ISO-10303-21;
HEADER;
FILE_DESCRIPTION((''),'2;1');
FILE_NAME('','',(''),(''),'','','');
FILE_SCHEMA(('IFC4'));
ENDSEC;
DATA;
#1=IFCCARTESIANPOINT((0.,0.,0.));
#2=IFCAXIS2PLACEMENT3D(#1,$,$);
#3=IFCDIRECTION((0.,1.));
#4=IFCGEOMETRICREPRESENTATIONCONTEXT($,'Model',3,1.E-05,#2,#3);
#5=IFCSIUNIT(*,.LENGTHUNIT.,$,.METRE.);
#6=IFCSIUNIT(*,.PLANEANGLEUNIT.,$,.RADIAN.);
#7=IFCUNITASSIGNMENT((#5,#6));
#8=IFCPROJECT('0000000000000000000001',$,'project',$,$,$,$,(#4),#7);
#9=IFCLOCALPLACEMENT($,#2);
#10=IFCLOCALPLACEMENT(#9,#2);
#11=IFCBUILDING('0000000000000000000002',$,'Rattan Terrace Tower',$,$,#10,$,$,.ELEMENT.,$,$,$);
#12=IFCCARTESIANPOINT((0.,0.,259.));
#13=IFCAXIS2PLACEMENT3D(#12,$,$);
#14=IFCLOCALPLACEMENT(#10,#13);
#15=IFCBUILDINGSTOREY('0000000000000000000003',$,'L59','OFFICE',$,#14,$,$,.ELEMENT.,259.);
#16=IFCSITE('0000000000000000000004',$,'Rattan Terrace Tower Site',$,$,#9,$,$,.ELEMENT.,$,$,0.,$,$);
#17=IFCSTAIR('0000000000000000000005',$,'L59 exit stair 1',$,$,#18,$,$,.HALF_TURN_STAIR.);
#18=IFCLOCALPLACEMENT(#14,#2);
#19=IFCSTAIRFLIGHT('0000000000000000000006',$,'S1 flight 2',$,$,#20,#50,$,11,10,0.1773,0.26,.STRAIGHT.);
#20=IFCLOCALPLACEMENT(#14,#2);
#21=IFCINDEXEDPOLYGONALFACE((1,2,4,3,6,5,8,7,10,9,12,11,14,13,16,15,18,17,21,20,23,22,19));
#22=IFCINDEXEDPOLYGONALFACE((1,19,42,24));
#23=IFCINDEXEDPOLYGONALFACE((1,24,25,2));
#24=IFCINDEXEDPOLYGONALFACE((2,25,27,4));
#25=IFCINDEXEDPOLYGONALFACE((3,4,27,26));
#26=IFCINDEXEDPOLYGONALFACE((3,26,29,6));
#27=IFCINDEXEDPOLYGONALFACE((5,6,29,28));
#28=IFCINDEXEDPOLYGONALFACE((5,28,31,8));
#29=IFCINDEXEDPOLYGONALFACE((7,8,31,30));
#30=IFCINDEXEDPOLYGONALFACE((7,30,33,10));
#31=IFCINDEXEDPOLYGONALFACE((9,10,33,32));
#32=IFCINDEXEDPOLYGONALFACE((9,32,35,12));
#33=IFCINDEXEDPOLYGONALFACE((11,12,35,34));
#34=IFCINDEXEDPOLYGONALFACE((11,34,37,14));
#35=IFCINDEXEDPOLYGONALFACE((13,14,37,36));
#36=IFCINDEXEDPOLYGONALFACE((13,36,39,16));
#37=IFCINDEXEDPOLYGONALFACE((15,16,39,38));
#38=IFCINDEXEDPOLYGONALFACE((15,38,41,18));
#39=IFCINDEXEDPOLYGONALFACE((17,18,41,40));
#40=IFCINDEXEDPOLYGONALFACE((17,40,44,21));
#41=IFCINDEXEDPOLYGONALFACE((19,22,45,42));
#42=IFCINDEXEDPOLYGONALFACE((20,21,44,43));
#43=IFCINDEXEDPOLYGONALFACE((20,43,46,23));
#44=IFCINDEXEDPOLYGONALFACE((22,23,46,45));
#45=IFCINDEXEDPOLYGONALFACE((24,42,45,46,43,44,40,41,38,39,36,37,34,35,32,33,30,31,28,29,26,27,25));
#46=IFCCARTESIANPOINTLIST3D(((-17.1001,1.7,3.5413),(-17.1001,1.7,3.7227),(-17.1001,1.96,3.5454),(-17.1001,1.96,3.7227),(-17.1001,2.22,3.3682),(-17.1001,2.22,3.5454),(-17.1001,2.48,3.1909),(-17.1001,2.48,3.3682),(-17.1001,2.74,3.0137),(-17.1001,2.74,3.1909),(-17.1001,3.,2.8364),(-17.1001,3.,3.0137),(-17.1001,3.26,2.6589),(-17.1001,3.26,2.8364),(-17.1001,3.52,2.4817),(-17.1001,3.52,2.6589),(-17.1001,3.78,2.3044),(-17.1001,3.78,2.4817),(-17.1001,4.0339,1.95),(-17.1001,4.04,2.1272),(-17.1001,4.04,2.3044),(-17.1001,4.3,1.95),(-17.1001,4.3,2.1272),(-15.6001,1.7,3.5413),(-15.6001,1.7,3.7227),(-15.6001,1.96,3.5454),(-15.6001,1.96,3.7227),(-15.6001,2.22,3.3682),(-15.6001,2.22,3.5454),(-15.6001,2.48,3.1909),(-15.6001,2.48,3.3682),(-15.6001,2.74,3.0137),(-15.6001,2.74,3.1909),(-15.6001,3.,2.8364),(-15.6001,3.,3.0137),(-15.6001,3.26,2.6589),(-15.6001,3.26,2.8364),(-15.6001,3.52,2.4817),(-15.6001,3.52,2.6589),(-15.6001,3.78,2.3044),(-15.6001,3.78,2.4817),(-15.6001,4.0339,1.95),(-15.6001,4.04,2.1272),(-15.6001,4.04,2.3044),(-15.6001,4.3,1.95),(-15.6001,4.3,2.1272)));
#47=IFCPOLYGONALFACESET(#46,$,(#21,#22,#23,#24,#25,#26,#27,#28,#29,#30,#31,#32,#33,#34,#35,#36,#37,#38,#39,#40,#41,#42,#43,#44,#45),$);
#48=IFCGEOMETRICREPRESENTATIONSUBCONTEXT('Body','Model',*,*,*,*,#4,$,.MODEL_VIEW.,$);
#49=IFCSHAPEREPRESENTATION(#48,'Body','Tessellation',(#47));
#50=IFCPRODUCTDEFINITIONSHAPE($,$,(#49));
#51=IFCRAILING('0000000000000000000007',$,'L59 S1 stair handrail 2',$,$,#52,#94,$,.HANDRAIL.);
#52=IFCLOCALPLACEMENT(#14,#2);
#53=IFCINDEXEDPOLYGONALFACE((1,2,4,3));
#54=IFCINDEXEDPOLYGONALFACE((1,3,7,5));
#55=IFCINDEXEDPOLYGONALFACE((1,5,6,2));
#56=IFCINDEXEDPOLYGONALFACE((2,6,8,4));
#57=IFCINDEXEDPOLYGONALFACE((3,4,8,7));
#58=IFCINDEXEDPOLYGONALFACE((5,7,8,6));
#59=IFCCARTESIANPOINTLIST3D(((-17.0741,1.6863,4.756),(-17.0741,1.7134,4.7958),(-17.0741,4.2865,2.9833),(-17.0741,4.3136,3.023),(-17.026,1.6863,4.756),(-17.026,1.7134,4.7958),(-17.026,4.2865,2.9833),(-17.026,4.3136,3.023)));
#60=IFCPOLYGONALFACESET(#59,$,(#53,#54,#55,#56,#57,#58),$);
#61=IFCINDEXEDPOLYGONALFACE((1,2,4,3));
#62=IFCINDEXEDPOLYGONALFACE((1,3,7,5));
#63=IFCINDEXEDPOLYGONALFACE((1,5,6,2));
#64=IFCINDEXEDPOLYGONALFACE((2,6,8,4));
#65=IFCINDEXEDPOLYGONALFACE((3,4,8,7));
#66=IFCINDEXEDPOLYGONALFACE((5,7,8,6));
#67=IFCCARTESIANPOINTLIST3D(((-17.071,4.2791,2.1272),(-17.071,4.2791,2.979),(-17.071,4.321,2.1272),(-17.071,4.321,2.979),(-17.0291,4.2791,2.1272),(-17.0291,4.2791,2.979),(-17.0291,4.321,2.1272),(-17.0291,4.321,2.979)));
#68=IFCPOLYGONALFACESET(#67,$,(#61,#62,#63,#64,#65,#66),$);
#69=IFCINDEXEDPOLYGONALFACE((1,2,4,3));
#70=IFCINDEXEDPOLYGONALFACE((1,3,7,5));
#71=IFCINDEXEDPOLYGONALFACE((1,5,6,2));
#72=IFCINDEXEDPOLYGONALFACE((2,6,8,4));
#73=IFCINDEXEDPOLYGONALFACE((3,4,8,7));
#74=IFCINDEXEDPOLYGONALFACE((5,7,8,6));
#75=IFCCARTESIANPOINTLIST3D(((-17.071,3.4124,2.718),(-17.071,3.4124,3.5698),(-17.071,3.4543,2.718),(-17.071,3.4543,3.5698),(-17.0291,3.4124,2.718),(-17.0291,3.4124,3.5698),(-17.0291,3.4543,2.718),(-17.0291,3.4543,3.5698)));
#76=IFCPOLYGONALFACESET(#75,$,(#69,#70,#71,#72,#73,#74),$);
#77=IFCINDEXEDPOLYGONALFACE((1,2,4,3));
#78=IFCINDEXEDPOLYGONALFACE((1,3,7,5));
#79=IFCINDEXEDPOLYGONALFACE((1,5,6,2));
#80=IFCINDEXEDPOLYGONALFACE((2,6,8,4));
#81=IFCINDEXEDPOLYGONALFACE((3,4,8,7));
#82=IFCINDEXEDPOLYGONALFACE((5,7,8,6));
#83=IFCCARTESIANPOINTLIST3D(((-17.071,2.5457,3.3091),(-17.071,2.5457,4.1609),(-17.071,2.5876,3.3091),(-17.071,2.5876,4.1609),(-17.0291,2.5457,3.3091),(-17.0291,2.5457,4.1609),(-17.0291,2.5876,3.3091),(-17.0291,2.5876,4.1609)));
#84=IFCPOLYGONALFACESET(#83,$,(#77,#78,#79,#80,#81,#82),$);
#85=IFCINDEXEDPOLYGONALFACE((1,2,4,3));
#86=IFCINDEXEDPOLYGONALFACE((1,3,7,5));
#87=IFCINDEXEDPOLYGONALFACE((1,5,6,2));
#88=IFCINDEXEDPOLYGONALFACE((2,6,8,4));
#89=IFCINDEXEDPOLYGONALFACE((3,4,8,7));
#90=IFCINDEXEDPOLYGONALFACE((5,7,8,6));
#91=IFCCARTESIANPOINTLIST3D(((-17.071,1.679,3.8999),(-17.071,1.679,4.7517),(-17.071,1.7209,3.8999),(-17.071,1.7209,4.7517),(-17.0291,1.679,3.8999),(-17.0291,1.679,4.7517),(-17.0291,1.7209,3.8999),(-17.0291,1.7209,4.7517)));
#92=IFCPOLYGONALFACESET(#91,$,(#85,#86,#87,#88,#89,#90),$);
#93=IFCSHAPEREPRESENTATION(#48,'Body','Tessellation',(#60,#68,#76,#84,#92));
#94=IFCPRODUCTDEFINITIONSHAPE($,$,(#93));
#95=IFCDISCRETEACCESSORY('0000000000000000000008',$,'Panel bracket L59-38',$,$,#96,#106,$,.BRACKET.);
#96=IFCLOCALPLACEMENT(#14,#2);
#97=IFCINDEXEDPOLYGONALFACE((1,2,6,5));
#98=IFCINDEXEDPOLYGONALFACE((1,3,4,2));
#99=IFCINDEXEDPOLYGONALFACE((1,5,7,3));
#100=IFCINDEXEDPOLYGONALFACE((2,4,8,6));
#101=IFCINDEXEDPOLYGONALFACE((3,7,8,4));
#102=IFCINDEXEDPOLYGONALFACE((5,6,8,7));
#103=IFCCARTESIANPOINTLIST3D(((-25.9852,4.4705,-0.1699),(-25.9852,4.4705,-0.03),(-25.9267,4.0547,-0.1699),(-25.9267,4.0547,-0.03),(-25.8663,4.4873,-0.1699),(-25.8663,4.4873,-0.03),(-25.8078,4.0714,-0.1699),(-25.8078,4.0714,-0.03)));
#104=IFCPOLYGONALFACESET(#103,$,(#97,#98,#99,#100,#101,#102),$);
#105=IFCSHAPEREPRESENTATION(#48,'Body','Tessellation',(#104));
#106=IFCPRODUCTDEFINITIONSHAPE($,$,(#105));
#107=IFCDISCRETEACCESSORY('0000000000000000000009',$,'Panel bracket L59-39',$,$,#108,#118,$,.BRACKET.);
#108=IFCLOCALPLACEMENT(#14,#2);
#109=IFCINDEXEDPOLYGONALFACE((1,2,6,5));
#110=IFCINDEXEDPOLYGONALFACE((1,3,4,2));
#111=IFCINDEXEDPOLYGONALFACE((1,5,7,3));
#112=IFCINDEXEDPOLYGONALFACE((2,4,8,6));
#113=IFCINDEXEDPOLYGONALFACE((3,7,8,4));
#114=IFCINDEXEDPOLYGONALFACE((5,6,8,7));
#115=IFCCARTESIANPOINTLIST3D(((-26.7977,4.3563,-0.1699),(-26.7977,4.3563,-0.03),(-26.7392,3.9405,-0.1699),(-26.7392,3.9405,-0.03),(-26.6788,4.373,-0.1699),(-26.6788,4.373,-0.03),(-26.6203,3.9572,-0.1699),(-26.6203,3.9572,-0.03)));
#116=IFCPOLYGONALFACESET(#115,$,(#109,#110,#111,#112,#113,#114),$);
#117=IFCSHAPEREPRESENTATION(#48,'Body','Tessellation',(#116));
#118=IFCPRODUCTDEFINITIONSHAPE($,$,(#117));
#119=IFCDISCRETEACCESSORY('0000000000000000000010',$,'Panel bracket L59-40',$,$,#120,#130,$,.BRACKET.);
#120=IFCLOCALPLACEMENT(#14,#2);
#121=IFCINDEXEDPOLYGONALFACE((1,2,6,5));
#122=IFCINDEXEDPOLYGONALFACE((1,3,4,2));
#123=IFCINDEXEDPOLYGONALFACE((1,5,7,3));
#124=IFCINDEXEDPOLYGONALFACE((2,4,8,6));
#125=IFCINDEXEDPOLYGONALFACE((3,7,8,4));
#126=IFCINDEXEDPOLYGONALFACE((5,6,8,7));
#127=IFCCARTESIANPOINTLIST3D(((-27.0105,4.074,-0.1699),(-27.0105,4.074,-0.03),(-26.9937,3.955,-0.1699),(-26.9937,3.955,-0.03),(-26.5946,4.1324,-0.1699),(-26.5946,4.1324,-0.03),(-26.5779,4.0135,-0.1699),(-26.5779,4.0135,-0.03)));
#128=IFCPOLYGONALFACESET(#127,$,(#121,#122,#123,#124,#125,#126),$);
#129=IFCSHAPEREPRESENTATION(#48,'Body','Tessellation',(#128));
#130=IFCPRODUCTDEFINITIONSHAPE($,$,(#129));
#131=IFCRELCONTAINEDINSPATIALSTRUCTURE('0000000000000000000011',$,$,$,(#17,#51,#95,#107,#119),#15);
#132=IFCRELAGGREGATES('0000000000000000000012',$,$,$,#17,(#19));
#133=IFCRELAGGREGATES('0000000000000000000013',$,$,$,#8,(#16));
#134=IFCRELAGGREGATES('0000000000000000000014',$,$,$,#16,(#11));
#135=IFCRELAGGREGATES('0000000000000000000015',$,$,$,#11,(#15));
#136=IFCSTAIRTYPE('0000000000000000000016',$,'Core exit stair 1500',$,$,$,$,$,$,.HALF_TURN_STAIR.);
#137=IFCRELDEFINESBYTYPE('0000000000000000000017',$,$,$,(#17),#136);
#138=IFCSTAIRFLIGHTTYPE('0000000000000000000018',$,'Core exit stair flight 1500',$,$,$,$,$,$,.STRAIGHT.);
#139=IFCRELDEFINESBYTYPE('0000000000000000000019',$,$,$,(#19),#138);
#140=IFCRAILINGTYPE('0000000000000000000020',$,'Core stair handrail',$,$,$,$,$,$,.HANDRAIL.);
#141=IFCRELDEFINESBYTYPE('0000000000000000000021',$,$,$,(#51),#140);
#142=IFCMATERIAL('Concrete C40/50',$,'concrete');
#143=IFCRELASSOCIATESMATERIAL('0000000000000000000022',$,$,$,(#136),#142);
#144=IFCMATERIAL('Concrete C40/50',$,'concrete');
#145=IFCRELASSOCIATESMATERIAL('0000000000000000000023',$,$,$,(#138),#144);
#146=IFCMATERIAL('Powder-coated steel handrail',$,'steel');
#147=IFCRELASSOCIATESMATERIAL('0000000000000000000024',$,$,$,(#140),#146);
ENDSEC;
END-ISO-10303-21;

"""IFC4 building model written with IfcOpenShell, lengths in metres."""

from ifc_helpers import new_model, si_unit, direction, frame, origin, origin_2d, place, context, subcontext, project, spatial, polyline, rectangle, outline, extrude, material, type_object, element, aggregate, save


model = new_model("IFC4")

# Units and contexts
model_context = context("Model", 3, precision=1e-05, world=origin(), true_north=direction((0.0, 1.0)))
body_context = subcontext(model_context, "Body", "Model", "MODEL_VIEW")
ifc_project = project(units=[si_unit("LENGTHUNIT", "METRE"), si_unit("PLANEANGLEUNIT", "RADIAN")], contexts=[model_context])

# Site, building, storey
site_placement = place(None, origin())
site = spatial("IfcSite", under=ifc_project, at=site_placement, Name="Rattan Terrace Tower Site", CompositionType="ELEMENT", RefElevation=0.0)
building_placement = place(site_placement, origin())
building = spatial("IfcBuilding", under=site, at=building_placement, Name="Rattan Terrace Tower", CompositionType="ELEMENT")
storey_placement = place(building_placement, frame((0.0, 0.0, 259.0)))
storey = spatial("IfcBuildingStorey", under=building, at=storey_placement, Name="L59", Description="OFFICE", CompositionType="ELEMENT", Elevation=259.0)

# Stair, stair flight
ifc_material_1 = material(Name="Concrete C40/50", Category="concrete")
stair_type = type_object("IfcStairType", Name="Core exit stair 1500", PredefinedType="HALF_TURN_STAIR", material=ifc_material_1)
stair_placement = place(storey_placement, origin())
stair = element("IfcStair", 1, at=stair_placement, inside=storey, type_object=stair_type, Name="L59 exit stair 1", PredefinedType="HALF_TURN_STAIR")
ifc_material_2 = material(Name="Concrete C40/50", Category="concrete")
stair_flight_type = type_object("IfcStairFlightType", Name="Core exit stair flight 1500", PredefinedType="STRAIGHT", material=ifc_material_2)
stair_flight_placement = place(storey_placement, frame((-16.3501, 4.3, 1.95), z_axis=(0.0, 0.0, 1.0), x_axis=(0.0, -1.0, 0.0)))
stair_flight = element("IfcStairFlight", 2, at=stair_flight_placement, type_object=stair_flight_type, Name="S1 flight 2", NumberOfRisers=11, NumberOfTreads=10, PredefinedType="STRAIGHT", RiserHeight=0.1773, TreadLength=0.26, context=body_context, shape_type="SweptSolid", body=[
    extrude(outline(polyline([(0.0, 0.0), (0.0, 0.1772), (0.26, 0.1772), (0.26, 0.3545), (0.52, 0.3545), (0.52, 0.5317), (0.78, 0.5317), (0.78, 0.709), (1.04, 0.709), (1.04, 0.8865), (1.3, 0.8865), (1.3, 1.0637), (1.5601, 1.0637), (1.5601, 1.241), (1.8201, 1.241), (1.8201, 1.4182), (2.0801, 1.4182), (2.0801, 1.5955), (2.3401, 1.5955), (2.3401, 1.7727), (2.6001, 1.7727), (2.6001, 1.95), (2.6001, 1.5913), (0.2661, 0.0), (0.0, 0.0)])), frame((0.0, 0.75, 0.0), z_axis=(0.0, -1.0, 0.0), x_axis=(1.0, 0.0, 0.0)), (0.0, 0.0, 1.0), 1.5),
])
aggregate(stair, [stair_flight])

# Railing
ifc_material_3 = material(Name="Powder-coated steel handrail", Category="steel")
railing_type = type_object("IfcRailingType", Name="Core stair handrail", PredefinedType="HANDRAIL", material=ifc_material_3)
railing_placement = place(storey_placement, frame((-17.05, 4.3, 2.1272)))
element("IfcRailing", 3, at=railing_placement, inside=storey, type_object=railing_type, Name="L59 S1 stair handrail 2", PredefinedType="HANDRAIL", context=body_context, shape_type="SweptSolid", body=[
    extrude(rectangle(XDim=0.0481, YDim=0.0481, at=origin_2d()), frame((0.0, 0.0, 0.876), z_axis=(0.0, -0.82624, 0.563318), x_axis=(1.0, 0.0, 0.0)), (0.0, 0.0, 1.0), 3.147),
    extrude(rectangle(XDim=0.042, YDim=0.042, at=origin_2d()), origin(), (0.0, 0.0, 1.0), 0.8518),
    extrude(rectangle(XDim=0.042, YDim=0.042, at=origin_2d()), frame((0.0, -0.8667, 0.5908)), (0.0, 0.0, 1.0), 0.8518),
    extrude(rectangle(XDim=0.042, YDim=0.042, at=origin_2d()), frame((0.0, -1.7334, 1.1819)), (0.0, 0.0, 1.0), 0.8518),
    extrude(rectangle(XDim=0.042, YDim=0.042, at=origin_2d()), frame((0.0, -2.6001, 1.7727)), (0.0, 0.0, 1.0), 0.8518),
])

# Discrete accessories
for number, where, z_axis, x_axis, name in (
    (4, (-25.8965, 4.271, -0.1699), (0.0, 0.0, 1.0), (-0.990254, -0.139275, 0.0), "Panel bracket L59-38"),
    (5, (-26.709, 4.1567, -0.1699), (0.0, 0.0, 1.0), (-0.990254, -0.139275, 0.0), "Panel bracket L59-39"),
    (6, (-26.7942, 4.0437, -0.1699), (0.0, 0.0, 1.0), (0.139192, -0.990265, 0.0), "Panel bracket L59-40"),
):
    element("IfcDiscreteAccessory", number, at=place(storey_placement, frame(where, z_axis=z_axis, x_axis=x_axis)), inside=storey, Name=name, PredefinedType="BRACKET", context=body_context, shape_type="SweptSolid", body=[
        extrude(rectangle(XDim=0.1201, YDim=0.4199, at=origin_2d()), origin(), (0.0, 0.0, 1.0), 0.1399),
    ])

save(model, "model.ifc")
